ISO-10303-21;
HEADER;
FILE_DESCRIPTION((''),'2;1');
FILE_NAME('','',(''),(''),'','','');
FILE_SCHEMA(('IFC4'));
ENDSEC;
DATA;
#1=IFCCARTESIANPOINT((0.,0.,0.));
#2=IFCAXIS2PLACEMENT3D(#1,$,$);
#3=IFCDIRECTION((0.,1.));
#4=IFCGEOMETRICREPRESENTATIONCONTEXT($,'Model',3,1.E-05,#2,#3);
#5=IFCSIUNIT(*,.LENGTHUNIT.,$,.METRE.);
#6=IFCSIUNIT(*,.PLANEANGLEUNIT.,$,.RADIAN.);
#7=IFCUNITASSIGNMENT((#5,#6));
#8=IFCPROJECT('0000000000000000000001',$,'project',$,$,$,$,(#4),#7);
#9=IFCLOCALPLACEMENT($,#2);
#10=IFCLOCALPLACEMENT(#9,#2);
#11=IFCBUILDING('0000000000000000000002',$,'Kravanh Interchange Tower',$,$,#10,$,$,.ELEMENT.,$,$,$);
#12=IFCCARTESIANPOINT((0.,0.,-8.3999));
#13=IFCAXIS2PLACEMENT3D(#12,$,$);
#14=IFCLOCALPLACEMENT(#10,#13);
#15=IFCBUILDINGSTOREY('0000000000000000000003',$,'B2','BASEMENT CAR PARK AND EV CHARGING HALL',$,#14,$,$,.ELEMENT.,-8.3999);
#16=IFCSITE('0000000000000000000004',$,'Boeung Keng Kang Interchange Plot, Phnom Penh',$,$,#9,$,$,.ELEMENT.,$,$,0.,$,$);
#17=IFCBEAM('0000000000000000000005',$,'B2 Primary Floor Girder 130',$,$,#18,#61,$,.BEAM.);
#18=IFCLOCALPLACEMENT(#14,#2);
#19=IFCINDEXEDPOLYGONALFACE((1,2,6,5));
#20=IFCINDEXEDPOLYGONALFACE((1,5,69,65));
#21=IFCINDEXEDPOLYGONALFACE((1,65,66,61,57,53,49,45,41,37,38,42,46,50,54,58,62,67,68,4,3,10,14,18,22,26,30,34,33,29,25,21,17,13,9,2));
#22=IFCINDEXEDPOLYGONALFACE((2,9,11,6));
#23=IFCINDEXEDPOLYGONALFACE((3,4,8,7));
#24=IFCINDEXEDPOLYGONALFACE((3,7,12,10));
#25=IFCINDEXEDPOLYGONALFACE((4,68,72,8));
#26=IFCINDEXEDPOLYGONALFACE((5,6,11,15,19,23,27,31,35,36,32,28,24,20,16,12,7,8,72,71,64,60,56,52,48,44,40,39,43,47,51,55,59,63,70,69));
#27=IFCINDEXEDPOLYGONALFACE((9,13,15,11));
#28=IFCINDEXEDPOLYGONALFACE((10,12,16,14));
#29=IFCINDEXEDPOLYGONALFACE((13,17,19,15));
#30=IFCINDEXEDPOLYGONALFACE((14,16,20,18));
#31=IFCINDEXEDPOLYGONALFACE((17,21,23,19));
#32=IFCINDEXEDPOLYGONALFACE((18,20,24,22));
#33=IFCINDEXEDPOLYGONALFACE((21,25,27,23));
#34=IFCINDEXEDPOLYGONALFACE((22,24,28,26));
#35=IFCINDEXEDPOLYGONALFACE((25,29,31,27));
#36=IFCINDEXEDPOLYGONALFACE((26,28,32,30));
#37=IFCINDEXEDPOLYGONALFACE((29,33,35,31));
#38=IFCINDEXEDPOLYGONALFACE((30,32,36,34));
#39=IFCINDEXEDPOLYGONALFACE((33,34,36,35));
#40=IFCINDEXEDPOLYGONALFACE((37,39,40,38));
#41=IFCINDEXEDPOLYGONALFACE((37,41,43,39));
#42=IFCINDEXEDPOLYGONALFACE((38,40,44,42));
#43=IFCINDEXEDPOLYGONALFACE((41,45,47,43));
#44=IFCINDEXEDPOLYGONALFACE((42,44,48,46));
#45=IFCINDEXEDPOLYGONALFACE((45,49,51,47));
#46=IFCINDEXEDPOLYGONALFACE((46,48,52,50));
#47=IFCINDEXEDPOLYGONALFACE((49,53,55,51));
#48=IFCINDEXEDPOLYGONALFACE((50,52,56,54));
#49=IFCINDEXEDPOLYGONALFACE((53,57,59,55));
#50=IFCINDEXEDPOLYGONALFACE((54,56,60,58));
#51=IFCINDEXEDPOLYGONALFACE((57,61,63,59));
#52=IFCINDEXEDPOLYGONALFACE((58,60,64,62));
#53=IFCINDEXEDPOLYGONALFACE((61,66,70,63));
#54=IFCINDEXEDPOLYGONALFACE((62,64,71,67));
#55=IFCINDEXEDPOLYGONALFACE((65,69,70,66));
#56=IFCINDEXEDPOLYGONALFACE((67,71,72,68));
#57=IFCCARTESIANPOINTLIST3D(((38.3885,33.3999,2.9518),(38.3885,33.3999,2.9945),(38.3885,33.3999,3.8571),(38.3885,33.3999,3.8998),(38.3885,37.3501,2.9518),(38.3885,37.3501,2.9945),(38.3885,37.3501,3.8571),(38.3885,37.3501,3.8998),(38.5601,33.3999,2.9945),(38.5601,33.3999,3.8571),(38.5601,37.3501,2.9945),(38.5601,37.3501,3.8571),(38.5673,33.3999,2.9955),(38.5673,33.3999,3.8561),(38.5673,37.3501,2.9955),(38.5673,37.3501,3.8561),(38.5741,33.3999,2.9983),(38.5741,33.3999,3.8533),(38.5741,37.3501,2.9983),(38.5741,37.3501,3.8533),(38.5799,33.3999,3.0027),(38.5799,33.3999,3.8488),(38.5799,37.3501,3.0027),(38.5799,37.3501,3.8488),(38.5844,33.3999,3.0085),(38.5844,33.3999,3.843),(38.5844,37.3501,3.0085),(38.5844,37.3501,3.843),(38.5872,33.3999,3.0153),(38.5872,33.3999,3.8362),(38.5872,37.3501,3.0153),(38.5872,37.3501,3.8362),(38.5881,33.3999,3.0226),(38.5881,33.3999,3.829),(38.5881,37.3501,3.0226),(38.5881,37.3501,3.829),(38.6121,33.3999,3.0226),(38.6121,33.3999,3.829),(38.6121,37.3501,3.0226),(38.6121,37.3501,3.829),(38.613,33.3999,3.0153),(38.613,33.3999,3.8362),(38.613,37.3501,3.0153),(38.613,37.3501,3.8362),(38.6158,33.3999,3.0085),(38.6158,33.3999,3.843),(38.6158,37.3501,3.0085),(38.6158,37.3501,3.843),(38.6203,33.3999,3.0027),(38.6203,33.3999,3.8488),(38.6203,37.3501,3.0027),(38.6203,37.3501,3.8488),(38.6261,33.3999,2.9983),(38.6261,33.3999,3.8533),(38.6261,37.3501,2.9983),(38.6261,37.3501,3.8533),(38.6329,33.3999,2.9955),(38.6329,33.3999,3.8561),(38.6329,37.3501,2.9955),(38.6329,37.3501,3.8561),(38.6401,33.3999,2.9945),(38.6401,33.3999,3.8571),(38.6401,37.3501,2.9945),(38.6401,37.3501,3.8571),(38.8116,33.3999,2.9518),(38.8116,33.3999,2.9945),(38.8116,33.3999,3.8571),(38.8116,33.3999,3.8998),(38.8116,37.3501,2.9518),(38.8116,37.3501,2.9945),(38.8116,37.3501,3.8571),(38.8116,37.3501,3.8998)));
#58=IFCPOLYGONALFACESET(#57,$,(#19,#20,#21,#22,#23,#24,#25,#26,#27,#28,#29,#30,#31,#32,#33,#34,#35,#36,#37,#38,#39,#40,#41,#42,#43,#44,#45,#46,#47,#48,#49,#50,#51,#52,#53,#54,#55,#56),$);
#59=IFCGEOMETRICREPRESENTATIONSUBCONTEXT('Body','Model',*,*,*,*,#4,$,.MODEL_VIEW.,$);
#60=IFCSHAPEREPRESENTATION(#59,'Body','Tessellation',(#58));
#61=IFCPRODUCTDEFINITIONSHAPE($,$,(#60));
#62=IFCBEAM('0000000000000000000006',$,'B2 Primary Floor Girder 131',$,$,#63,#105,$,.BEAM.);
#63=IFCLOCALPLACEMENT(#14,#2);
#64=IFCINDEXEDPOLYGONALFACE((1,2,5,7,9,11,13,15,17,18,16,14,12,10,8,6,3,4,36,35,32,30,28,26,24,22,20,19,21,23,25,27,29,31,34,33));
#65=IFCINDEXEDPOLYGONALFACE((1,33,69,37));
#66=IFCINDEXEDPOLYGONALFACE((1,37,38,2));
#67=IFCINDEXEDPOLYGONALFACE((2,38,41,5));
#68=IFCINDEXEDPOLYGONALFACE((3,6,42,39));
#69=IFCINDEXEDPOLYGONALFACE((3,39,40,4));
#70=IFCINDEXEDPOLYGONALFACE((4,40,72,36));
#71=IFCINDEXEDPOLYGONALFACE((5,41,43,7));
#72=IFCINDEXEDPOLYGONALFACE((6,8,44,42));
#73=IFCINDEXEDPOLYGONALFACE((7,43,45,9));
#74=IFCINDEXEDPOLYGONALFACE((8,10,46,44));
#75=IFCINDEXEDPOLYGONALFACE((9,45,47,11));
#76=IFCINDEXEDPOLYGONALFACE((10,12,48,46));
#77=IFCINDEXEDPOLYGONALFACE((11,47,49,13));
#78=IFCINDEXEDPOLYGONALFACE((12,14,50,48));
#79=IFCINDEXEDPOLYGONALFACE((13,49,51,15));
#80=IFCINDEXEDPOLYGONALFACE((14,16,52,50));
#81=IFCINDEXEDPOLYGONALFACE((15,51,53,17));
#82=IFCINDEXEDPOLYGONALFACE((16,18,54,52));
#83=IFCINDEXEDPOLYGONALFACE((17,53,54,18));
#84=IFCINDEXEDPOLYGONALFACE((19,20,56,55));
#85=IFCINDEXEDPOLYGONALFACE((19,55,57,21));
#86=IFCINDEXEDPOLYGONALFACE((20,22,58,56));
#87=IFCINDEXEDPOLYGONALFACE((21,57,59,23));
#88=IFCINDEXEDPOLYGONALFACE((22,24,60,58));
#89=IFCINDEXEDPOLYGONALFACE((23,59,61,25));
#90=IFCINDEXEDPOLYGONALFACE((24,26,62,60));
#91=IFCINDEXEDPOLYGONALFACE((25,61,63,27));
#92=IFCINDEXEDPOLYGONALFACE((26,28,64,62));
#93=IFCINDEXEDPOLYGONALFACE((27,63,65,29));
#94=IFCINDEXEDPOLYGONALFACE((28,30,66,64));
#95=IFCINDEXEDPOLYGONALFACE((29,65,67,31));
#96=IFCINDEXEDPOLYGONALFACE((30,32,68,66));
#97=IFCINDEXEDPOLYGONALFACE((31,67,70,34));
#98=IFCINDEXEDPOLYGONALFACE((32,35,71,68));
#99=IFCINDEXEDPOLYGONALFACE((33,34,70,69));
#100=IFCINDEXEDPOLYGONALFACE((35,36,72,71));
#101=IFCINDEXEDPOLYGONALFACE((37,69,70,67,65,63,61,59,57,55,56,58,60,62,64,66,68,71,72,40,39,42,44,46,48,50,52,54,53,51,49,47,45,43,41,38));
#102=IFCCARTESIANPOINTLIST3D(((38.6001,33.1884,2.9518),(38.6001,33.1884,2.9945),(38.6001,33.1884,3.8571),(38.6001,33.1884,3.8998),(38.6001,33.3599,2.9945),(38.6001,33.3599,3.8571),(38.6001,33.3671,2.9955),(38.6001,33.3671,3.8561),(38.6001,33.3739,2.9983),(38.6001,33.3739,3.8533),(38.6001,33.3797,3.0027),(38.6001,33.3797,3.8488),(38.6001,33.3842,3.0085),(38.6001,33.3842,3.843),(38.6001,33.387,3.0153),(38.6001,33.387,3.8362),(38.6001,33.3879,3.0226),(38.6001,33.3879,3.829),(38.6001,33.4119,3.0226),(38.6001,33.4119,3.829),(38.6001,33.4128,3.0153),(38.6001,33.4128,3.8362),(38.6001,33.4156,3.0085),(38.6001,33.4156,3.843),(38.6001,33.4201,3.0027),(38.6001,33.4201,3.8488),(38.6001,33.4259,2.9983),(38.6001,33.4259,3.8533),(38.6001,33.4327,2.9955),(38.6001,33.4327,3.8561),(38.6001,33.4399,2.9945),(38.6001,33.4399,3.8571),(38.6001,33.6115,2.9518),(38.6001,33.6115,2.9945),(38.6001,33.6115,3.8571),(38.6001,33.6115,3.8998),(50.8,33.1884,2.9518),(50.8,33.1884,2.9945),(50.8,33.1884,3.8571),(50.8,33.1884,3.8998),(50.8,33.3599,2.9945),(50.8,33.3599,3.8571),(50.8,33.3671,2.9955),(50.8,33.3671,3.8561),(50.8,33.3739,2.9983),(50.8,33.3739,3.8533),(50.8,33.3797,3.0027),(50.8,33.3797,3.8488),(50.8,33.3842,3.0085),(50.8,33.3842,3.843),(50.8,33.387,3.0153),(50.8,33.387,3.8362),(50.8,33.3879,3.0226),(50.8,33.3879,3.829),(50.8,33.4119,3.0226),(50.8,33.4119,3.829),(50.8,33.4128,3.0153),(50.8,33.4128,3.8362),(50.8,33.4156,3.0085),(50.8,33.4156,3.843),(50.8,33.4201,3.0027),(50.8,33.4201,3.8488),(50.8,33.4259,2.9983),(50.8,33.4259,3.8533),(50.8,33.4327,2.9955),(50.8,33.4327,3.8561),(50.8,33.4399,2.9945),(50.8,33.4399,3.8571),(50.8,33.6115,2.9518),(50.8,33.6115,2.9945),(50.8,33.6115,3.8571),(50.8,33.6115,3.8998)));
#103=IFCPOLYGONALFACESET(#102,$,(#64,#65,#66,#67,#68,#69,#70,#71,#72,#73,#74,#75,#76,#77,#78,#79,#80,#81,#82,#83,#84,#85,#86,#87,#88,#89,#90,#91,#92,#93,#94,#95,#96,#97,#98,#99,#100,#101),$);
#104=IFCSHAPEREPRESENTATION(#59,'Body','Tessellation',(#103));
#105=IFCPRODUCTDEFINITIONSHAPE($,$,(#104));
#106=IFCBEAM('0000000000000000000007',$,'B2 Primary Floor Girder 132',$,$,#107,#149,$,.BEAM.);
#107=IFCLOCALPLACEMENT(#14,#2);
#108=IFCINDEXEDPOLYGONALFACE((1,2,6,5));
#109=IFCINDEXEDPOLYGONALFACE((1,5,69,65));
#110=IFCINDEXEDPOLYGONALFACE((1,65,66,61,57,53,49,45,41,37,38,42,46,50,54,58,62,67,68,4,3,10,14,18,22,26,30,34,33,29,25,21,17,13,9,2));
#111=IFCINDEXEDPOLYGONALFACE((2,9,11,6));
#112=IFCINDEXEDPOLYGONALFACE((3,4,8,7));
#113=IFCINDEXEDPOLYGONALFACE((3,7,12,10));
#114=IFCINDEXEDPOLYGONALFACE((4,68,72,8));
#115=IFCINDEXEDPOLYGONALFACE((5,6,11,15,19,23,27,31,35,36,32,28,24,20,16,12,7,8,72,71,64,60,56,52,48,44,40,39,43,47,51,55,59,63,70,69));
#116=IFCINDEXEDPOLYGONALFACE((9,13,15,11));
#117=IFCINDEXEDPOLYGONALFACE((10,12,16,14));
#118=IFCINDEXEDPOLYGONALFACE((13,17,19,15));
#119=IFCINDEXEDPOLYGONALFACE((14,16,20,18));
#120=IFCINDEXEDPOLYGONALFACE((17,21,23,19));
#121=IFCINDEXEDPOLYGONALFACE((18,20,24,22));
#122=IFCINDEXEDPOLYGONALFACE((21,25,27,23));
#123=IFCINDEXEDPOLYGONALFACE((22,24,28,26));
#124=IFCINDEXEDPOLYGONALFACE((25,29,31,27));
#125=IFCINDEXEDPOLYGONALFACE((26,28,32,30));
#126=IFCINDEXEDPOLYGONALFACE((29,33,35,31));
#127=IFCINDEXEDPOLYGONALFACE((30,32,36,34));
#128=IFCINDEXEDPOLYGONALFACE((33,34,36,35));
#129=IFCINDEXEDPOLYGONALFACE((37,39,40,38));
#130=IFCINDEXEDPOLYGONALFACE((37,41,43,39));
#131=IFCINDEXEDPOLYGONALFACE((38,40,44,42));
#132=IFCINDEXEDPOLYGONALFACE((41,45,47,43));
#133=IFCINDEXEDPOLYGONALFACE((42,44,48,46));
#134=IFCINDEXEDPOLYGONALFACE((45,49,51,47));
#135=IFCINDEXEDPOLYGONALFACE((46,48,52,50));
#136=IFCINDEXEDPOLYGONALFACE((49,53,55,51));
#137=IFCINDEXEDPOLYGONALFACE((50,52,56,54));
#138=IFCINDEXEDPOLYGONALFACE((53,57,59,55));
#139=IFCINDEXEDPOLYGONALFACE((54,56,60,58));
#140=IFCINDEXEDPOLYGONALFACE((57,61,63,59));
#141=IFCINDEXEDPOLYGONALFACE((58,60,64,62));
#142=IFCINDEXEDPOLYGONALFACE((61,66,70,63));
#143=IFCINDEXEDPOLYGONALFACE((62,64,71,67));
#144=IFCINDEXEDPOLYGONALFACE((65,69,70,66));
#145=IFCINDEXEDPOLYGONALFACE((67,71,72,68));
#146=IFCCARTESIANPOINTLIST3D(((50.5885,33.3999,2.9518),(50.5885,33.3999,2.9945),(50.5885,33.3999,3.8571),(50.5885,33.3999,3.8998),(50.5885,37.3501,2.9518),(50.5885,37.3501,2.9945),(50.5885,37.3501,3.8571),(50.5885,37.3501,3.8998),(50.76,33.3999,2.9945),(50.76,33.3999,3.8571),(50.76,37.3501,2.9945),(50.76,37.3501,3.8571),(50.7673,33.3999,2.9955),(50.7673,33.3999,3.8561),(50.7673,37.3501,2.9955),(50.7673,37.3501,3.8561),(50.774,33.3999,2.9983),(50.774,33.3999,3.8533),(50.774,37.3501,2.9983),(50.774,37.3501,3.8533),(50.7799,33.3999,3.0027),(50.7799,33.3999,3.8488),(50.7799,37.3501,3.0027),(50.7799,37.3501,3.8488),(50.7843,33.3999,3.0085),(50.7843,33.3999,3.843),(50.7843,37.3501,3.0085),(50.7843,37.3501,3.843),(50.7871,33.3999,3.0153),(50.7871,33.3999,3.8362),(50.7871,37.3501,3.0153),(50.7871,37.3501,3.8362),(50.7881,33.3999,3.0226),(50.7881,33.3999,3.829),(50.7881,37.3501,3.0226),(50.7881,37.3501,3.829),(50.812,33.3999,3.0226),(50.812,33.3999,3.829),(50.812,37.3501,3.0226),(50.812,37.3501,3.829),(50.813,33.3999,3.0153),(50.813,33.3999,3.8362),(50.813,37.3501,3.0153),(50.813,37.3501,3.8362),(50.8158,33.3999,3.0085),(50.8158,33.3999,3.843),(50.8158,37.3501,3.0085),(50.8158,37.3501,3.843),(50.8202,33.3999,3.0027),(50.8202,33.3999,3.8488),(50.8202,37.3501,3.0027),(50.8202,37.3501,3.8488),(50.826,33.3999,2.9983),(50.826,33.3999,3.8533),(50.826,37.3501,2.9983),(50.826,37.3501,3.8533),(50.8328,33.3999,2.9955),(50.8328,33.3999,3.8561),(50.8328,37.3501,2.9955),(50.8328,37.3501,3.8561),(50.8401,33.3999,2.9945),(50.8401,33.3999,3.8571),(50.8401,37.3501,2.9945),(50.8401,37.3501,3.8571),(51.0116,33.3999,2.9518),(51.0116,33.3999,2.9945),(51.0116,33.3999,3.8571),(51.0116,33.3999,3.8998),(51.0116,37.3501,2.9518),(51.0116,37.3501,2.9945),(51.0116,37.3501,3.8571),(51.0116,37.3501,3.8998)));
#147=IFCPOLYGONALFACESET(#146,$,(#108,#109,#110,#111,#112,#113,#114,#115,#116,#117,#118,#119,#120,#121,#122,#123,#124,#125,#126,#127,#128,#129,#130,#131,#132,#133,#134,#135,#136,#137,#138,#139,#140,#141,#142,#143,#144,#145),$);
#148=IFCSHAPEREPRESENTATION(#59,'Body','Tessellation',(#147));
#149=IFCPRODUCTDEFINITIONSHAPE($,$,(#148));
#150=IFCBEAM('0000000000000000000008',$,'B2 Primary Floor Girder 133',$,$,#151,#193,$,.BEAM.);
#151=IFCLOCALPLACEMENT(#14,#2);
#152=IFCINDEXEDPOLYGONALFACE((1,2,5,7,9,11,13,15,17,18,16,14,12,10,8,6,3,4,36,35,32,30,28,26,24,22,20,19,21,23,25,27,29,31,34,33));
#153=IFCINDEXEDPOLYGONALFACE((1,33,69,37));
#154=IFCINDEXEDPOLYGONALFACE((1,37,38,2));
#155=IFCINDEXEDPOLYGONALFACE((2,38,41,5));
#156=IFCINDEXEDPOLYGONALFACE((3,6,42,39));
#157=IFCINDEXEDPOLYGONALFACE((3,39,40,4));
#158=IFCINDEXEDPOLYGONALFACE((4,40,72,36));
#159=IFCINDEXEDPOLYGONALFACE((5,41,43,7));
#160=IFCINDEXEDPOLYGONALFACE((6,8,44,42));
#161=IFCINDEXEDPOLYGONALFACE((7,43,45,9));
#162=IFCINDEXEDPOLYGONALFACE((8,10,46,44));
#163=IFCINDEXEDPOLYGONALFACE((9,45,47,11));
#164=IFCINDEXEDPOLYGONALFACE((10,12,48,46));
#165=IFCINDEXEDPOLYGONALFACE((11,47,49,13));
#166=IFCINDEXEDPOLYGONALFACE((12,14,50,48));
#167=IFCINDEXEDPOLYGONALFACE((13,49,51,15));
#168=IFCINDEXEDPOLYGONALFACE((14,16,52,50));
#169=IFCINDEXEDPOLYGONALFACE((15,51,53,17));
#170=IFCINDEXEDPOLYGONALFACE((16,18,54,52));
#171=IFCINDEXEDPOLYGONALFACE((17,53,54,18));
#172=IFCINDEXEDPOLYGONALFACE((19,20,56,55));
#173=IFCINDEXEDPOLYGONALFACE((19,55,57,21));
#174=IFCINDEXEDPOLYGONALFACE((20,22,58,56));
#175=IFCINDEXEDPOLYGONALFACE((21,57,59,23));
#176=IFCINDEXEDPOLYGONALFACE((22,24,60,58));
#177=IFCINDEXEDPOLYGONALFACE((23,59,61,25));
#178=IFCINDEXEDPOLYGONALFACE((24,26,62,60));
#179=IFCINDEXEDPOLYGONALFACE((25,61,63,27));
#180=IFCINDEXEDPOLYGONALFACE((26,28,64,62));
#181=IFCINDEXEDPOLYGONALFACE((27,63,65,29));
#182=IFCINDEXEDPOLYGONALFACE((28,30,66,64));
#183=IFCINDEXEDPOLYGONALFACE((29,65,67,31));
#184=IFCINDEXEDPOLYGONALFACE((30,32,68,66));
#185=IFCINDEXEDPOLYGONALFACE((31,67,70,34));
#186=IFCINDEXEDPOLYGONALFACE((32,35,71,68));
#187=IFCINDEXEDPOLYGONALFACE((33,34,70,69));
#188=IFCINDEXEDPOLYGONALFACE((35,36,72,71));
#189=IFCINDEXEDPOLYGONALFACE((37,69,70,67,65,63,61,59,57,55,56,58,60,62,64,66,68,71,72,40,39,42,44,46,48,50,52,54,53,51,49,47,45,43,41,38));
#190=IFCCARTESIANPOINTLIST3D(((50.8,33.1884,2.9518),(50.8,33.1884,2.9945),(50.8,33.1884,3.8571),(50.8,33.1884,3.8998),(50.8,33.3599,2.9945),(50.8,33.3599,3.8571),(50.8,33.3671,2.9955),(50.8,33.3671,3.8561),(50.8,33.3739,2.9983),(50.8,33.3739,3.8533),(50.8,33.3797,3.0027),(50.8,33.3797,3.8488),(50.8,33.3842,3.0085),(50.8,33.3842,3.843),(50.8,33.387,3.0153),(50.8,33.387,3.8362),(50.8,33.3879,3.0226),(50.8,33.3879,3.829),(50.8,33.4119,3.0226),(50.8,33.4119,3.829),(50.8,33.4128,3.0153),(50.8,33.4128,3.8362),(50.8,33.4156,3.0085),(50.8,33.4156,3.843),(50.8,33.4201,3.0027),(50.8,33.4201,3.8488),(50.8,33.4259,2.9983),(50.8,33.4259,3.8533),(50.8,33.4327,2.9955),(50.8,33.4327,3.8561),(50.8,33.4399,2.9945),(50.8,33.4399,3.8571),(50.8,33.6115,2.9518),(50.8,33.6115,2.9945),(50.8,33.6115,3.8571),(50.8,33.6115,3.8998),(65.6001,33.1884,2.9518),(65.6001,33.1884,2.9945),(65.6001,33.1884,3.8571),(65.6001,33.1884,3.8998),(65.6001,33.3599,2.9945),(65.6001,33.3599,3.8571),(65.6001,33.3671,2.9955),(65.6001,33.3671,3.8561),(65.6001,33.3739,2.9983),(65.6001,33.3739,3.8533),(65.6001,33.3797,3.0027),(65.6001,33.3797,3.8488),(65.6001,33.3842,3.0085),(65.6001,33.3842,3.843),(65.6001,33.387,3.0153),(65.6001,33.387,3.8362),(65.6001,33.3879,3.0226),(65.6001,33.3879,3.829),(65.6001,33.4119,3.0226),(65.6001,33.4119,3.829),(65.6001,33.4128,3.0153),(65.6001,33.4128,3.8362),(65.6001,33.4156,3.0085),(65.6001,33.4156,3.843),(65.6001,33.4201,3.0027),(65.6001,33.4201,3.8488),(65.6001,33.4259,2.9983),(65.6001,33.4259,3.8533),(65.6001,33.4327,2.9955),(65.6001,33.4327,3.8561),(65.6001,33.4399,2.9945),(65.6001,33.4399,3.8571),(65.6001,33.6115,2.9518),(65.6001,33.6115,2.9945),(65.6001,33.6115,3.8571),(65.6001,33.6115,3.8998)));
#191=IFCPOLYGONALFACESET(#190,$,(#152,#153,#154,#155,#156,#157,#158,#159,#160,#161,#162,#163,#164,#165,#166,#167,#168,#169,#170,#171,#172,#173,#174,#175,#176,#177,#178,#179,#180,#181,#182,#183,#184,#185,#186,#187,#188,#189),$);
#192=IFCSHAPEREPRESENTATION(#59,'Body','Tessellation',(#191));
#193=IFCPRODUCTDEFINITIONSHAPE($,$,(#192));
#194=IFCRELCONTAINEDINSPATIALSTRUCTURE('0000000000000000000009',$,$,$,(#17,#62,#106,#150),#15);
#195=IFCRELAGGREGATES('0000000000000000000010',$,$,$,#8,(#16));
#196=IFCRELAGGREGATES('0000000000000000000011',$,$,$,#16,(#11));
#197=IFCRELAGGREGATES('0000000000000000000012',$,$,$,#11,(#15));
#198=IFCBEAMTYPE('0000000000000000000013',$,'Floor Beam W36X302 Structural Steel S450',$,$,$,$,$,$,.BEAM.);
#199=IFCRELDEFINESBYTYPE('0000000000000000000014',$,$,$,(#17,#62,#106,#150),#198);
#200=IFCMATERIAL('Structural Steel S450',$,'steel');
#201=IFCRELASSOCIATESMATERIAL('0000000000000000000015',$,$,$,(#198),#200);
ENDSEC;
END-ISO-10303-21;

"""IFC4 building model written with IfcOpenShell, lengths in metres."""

from ifc_helpers import new_model, si_unit, direction, frame, origin, origin_2d, place, context, subcontext, project, spatial, i_section, extrude, material, material_profile, profile_set, type_object, element, save


model = new_model("IFC4")

# Units and contexts
model_context = context("Model", 3, precision=1e-05, world=origin(), true_north=direction((0.0, 1.0)))
body_context = subcontext(model_context, "Body", "Model", "MODEL_VIEW")
ifc_project = project(units=[si_unit("LENGTHUNIT", "METRE"), si_unit("PLANEANGLEUNIT", "RADIAN")], contexts=[model_context])

# Site, building, storey
site_placement = place(None, origin())
site = spatial("IfcSite", under=ifc_project, at=site_placement, Name="Boeung Keng Kang Interchange Plot, Phnom Penh", CompositionType="ELEMENT", RefElevation=0.0)
building_placement = place(site_placement, origin())
building = spatial("IfcBuilding", under=site, at=building_placement, Name="Kravanh Interchange Tower", CompositionType="ELEMENT")
storey_placement = place(building_placement, frame((0.0, 0.0, -8.3999)))
storey = spatial("IfcBuildingStorey", under=building, at=storey_placement, Name="B2", Description="BASEMENT CAR PARK AND EV CHARGING HALL", CompositionType="ELEMENT", Elevation=-8.3999)

# Beams
ifc_material_1 = material(Name="Structural Steel S450", Category="steel")
ifc_material_profile_1 = material_profile(ifc_material_1, i_section(OverallWidth=0.4231, OverallDepth=0.948, WebThickness=0.0239, FlangeThickness=0.0427, FilletRadius=0.0281, at=origin_2d()), Name="W36X302")
ifc_profile_set_1 = profile_set([ifc_material_profile_1], Name="Structural Steel S450")
beam_type_1 = type_object("IfcBeamType", Name="Floor Beam W36X302 Structural Steel S450", PredefinedType="BEAM", material=ifc_profile_set_1)
beam_1_placement = place(storey_placement, frame((38.6001, 33.3999, 3.4258), z_axis=(0.0, 1.0, 0.0), x_axis=(-1.0, 0.0, 0.0)))
element("IfcBeam", 1, at=beam_1_placement, inside=storey, type_object=beam_type_1, Name="B2 Primary Floor Girder 130", PredefinedType="BEAM", context=body_context, shape_type="SweptSolid", body=[
    extrude(i_section(OverallWidth=0.4231, OverallDepth=0.948, WebThickness=0.0239, FlangeThickness=0.0427, FilletRadius=0.0281, at=origin_2d()), origin(), (0.0, 0.0, 1.0), 3.9502),
])
beam_2_placement = place(storey_placement, frame((38.6001, 33.3999, 3.4258), z_axis=(1.0, 0.0, 0.0), x_axis=(0.0, 1.0, 0.0)))
element("IfcBeam", 2, at=beam_2_placement, inside=storey, type_object=beam_type_1, Name="B2 Primary Floor Girder 131", PredefinedType="BEAM", context=body_context, shape_type="SweptSolid", body=[
    extrude(i_section(OverallWidth=0.4231, OverallDepth=0.948, WebThickness=0.0239, FlangeThickness=0.0427, FilletRadius=0.0281, at=origin_2d()), origin(), (0.0, 0.0, 1.0), 12.2),
])
beam_3_placement = place(storey_placement, frame((50.8, 33.3999, 3.4258), z_axis=(0.0, 1.0, 0.0), x_axis=(-1.0, 0.0, 0.0)))
element("IfcBeam", 3, at=beam_3_placement, inside=storey, type_object=beam_type_1, Name="B2 Primary Floor Girder 132", PredefinedType="BEAM", context=body_context, shape_type="SweptSolid", body=[
    extrude(i_section(OverallWidth=0.4231, OverallDepth=0.948, WebThickness=0.0239, FlangeThickness=0.0427, FilletRadius=0.0281, at=origin_2d()), origin(), (0.0, 0.0, 1.0), 3.9502),
])
beam_4_placement = place(storey_placement, frame((50.8, 33.3999, 3.4258), z_axis=(1.0, 0.0, 0.0), x_axis=(0.0, 1.0, 0.0)))
element("IfcBeam", 4, at=beam_4_placement, inside=storey, type_object=beam_type_1, Name="B2 Primary Floor Girder 133", PredefinedType="BEAM", context=body_context, shape_type="SweptSolid", body=[
    extrude(i_section(OverallWidth=0.4231, OverallDepth=0.948, WebThickness=0.0239, FlangeThickness=0.0427, FilletRadius=0.0281, at=origin_2d()), origin(), (0.0, 0.0, 1.0), 14.8),
])

save(model, "model.ifc")
